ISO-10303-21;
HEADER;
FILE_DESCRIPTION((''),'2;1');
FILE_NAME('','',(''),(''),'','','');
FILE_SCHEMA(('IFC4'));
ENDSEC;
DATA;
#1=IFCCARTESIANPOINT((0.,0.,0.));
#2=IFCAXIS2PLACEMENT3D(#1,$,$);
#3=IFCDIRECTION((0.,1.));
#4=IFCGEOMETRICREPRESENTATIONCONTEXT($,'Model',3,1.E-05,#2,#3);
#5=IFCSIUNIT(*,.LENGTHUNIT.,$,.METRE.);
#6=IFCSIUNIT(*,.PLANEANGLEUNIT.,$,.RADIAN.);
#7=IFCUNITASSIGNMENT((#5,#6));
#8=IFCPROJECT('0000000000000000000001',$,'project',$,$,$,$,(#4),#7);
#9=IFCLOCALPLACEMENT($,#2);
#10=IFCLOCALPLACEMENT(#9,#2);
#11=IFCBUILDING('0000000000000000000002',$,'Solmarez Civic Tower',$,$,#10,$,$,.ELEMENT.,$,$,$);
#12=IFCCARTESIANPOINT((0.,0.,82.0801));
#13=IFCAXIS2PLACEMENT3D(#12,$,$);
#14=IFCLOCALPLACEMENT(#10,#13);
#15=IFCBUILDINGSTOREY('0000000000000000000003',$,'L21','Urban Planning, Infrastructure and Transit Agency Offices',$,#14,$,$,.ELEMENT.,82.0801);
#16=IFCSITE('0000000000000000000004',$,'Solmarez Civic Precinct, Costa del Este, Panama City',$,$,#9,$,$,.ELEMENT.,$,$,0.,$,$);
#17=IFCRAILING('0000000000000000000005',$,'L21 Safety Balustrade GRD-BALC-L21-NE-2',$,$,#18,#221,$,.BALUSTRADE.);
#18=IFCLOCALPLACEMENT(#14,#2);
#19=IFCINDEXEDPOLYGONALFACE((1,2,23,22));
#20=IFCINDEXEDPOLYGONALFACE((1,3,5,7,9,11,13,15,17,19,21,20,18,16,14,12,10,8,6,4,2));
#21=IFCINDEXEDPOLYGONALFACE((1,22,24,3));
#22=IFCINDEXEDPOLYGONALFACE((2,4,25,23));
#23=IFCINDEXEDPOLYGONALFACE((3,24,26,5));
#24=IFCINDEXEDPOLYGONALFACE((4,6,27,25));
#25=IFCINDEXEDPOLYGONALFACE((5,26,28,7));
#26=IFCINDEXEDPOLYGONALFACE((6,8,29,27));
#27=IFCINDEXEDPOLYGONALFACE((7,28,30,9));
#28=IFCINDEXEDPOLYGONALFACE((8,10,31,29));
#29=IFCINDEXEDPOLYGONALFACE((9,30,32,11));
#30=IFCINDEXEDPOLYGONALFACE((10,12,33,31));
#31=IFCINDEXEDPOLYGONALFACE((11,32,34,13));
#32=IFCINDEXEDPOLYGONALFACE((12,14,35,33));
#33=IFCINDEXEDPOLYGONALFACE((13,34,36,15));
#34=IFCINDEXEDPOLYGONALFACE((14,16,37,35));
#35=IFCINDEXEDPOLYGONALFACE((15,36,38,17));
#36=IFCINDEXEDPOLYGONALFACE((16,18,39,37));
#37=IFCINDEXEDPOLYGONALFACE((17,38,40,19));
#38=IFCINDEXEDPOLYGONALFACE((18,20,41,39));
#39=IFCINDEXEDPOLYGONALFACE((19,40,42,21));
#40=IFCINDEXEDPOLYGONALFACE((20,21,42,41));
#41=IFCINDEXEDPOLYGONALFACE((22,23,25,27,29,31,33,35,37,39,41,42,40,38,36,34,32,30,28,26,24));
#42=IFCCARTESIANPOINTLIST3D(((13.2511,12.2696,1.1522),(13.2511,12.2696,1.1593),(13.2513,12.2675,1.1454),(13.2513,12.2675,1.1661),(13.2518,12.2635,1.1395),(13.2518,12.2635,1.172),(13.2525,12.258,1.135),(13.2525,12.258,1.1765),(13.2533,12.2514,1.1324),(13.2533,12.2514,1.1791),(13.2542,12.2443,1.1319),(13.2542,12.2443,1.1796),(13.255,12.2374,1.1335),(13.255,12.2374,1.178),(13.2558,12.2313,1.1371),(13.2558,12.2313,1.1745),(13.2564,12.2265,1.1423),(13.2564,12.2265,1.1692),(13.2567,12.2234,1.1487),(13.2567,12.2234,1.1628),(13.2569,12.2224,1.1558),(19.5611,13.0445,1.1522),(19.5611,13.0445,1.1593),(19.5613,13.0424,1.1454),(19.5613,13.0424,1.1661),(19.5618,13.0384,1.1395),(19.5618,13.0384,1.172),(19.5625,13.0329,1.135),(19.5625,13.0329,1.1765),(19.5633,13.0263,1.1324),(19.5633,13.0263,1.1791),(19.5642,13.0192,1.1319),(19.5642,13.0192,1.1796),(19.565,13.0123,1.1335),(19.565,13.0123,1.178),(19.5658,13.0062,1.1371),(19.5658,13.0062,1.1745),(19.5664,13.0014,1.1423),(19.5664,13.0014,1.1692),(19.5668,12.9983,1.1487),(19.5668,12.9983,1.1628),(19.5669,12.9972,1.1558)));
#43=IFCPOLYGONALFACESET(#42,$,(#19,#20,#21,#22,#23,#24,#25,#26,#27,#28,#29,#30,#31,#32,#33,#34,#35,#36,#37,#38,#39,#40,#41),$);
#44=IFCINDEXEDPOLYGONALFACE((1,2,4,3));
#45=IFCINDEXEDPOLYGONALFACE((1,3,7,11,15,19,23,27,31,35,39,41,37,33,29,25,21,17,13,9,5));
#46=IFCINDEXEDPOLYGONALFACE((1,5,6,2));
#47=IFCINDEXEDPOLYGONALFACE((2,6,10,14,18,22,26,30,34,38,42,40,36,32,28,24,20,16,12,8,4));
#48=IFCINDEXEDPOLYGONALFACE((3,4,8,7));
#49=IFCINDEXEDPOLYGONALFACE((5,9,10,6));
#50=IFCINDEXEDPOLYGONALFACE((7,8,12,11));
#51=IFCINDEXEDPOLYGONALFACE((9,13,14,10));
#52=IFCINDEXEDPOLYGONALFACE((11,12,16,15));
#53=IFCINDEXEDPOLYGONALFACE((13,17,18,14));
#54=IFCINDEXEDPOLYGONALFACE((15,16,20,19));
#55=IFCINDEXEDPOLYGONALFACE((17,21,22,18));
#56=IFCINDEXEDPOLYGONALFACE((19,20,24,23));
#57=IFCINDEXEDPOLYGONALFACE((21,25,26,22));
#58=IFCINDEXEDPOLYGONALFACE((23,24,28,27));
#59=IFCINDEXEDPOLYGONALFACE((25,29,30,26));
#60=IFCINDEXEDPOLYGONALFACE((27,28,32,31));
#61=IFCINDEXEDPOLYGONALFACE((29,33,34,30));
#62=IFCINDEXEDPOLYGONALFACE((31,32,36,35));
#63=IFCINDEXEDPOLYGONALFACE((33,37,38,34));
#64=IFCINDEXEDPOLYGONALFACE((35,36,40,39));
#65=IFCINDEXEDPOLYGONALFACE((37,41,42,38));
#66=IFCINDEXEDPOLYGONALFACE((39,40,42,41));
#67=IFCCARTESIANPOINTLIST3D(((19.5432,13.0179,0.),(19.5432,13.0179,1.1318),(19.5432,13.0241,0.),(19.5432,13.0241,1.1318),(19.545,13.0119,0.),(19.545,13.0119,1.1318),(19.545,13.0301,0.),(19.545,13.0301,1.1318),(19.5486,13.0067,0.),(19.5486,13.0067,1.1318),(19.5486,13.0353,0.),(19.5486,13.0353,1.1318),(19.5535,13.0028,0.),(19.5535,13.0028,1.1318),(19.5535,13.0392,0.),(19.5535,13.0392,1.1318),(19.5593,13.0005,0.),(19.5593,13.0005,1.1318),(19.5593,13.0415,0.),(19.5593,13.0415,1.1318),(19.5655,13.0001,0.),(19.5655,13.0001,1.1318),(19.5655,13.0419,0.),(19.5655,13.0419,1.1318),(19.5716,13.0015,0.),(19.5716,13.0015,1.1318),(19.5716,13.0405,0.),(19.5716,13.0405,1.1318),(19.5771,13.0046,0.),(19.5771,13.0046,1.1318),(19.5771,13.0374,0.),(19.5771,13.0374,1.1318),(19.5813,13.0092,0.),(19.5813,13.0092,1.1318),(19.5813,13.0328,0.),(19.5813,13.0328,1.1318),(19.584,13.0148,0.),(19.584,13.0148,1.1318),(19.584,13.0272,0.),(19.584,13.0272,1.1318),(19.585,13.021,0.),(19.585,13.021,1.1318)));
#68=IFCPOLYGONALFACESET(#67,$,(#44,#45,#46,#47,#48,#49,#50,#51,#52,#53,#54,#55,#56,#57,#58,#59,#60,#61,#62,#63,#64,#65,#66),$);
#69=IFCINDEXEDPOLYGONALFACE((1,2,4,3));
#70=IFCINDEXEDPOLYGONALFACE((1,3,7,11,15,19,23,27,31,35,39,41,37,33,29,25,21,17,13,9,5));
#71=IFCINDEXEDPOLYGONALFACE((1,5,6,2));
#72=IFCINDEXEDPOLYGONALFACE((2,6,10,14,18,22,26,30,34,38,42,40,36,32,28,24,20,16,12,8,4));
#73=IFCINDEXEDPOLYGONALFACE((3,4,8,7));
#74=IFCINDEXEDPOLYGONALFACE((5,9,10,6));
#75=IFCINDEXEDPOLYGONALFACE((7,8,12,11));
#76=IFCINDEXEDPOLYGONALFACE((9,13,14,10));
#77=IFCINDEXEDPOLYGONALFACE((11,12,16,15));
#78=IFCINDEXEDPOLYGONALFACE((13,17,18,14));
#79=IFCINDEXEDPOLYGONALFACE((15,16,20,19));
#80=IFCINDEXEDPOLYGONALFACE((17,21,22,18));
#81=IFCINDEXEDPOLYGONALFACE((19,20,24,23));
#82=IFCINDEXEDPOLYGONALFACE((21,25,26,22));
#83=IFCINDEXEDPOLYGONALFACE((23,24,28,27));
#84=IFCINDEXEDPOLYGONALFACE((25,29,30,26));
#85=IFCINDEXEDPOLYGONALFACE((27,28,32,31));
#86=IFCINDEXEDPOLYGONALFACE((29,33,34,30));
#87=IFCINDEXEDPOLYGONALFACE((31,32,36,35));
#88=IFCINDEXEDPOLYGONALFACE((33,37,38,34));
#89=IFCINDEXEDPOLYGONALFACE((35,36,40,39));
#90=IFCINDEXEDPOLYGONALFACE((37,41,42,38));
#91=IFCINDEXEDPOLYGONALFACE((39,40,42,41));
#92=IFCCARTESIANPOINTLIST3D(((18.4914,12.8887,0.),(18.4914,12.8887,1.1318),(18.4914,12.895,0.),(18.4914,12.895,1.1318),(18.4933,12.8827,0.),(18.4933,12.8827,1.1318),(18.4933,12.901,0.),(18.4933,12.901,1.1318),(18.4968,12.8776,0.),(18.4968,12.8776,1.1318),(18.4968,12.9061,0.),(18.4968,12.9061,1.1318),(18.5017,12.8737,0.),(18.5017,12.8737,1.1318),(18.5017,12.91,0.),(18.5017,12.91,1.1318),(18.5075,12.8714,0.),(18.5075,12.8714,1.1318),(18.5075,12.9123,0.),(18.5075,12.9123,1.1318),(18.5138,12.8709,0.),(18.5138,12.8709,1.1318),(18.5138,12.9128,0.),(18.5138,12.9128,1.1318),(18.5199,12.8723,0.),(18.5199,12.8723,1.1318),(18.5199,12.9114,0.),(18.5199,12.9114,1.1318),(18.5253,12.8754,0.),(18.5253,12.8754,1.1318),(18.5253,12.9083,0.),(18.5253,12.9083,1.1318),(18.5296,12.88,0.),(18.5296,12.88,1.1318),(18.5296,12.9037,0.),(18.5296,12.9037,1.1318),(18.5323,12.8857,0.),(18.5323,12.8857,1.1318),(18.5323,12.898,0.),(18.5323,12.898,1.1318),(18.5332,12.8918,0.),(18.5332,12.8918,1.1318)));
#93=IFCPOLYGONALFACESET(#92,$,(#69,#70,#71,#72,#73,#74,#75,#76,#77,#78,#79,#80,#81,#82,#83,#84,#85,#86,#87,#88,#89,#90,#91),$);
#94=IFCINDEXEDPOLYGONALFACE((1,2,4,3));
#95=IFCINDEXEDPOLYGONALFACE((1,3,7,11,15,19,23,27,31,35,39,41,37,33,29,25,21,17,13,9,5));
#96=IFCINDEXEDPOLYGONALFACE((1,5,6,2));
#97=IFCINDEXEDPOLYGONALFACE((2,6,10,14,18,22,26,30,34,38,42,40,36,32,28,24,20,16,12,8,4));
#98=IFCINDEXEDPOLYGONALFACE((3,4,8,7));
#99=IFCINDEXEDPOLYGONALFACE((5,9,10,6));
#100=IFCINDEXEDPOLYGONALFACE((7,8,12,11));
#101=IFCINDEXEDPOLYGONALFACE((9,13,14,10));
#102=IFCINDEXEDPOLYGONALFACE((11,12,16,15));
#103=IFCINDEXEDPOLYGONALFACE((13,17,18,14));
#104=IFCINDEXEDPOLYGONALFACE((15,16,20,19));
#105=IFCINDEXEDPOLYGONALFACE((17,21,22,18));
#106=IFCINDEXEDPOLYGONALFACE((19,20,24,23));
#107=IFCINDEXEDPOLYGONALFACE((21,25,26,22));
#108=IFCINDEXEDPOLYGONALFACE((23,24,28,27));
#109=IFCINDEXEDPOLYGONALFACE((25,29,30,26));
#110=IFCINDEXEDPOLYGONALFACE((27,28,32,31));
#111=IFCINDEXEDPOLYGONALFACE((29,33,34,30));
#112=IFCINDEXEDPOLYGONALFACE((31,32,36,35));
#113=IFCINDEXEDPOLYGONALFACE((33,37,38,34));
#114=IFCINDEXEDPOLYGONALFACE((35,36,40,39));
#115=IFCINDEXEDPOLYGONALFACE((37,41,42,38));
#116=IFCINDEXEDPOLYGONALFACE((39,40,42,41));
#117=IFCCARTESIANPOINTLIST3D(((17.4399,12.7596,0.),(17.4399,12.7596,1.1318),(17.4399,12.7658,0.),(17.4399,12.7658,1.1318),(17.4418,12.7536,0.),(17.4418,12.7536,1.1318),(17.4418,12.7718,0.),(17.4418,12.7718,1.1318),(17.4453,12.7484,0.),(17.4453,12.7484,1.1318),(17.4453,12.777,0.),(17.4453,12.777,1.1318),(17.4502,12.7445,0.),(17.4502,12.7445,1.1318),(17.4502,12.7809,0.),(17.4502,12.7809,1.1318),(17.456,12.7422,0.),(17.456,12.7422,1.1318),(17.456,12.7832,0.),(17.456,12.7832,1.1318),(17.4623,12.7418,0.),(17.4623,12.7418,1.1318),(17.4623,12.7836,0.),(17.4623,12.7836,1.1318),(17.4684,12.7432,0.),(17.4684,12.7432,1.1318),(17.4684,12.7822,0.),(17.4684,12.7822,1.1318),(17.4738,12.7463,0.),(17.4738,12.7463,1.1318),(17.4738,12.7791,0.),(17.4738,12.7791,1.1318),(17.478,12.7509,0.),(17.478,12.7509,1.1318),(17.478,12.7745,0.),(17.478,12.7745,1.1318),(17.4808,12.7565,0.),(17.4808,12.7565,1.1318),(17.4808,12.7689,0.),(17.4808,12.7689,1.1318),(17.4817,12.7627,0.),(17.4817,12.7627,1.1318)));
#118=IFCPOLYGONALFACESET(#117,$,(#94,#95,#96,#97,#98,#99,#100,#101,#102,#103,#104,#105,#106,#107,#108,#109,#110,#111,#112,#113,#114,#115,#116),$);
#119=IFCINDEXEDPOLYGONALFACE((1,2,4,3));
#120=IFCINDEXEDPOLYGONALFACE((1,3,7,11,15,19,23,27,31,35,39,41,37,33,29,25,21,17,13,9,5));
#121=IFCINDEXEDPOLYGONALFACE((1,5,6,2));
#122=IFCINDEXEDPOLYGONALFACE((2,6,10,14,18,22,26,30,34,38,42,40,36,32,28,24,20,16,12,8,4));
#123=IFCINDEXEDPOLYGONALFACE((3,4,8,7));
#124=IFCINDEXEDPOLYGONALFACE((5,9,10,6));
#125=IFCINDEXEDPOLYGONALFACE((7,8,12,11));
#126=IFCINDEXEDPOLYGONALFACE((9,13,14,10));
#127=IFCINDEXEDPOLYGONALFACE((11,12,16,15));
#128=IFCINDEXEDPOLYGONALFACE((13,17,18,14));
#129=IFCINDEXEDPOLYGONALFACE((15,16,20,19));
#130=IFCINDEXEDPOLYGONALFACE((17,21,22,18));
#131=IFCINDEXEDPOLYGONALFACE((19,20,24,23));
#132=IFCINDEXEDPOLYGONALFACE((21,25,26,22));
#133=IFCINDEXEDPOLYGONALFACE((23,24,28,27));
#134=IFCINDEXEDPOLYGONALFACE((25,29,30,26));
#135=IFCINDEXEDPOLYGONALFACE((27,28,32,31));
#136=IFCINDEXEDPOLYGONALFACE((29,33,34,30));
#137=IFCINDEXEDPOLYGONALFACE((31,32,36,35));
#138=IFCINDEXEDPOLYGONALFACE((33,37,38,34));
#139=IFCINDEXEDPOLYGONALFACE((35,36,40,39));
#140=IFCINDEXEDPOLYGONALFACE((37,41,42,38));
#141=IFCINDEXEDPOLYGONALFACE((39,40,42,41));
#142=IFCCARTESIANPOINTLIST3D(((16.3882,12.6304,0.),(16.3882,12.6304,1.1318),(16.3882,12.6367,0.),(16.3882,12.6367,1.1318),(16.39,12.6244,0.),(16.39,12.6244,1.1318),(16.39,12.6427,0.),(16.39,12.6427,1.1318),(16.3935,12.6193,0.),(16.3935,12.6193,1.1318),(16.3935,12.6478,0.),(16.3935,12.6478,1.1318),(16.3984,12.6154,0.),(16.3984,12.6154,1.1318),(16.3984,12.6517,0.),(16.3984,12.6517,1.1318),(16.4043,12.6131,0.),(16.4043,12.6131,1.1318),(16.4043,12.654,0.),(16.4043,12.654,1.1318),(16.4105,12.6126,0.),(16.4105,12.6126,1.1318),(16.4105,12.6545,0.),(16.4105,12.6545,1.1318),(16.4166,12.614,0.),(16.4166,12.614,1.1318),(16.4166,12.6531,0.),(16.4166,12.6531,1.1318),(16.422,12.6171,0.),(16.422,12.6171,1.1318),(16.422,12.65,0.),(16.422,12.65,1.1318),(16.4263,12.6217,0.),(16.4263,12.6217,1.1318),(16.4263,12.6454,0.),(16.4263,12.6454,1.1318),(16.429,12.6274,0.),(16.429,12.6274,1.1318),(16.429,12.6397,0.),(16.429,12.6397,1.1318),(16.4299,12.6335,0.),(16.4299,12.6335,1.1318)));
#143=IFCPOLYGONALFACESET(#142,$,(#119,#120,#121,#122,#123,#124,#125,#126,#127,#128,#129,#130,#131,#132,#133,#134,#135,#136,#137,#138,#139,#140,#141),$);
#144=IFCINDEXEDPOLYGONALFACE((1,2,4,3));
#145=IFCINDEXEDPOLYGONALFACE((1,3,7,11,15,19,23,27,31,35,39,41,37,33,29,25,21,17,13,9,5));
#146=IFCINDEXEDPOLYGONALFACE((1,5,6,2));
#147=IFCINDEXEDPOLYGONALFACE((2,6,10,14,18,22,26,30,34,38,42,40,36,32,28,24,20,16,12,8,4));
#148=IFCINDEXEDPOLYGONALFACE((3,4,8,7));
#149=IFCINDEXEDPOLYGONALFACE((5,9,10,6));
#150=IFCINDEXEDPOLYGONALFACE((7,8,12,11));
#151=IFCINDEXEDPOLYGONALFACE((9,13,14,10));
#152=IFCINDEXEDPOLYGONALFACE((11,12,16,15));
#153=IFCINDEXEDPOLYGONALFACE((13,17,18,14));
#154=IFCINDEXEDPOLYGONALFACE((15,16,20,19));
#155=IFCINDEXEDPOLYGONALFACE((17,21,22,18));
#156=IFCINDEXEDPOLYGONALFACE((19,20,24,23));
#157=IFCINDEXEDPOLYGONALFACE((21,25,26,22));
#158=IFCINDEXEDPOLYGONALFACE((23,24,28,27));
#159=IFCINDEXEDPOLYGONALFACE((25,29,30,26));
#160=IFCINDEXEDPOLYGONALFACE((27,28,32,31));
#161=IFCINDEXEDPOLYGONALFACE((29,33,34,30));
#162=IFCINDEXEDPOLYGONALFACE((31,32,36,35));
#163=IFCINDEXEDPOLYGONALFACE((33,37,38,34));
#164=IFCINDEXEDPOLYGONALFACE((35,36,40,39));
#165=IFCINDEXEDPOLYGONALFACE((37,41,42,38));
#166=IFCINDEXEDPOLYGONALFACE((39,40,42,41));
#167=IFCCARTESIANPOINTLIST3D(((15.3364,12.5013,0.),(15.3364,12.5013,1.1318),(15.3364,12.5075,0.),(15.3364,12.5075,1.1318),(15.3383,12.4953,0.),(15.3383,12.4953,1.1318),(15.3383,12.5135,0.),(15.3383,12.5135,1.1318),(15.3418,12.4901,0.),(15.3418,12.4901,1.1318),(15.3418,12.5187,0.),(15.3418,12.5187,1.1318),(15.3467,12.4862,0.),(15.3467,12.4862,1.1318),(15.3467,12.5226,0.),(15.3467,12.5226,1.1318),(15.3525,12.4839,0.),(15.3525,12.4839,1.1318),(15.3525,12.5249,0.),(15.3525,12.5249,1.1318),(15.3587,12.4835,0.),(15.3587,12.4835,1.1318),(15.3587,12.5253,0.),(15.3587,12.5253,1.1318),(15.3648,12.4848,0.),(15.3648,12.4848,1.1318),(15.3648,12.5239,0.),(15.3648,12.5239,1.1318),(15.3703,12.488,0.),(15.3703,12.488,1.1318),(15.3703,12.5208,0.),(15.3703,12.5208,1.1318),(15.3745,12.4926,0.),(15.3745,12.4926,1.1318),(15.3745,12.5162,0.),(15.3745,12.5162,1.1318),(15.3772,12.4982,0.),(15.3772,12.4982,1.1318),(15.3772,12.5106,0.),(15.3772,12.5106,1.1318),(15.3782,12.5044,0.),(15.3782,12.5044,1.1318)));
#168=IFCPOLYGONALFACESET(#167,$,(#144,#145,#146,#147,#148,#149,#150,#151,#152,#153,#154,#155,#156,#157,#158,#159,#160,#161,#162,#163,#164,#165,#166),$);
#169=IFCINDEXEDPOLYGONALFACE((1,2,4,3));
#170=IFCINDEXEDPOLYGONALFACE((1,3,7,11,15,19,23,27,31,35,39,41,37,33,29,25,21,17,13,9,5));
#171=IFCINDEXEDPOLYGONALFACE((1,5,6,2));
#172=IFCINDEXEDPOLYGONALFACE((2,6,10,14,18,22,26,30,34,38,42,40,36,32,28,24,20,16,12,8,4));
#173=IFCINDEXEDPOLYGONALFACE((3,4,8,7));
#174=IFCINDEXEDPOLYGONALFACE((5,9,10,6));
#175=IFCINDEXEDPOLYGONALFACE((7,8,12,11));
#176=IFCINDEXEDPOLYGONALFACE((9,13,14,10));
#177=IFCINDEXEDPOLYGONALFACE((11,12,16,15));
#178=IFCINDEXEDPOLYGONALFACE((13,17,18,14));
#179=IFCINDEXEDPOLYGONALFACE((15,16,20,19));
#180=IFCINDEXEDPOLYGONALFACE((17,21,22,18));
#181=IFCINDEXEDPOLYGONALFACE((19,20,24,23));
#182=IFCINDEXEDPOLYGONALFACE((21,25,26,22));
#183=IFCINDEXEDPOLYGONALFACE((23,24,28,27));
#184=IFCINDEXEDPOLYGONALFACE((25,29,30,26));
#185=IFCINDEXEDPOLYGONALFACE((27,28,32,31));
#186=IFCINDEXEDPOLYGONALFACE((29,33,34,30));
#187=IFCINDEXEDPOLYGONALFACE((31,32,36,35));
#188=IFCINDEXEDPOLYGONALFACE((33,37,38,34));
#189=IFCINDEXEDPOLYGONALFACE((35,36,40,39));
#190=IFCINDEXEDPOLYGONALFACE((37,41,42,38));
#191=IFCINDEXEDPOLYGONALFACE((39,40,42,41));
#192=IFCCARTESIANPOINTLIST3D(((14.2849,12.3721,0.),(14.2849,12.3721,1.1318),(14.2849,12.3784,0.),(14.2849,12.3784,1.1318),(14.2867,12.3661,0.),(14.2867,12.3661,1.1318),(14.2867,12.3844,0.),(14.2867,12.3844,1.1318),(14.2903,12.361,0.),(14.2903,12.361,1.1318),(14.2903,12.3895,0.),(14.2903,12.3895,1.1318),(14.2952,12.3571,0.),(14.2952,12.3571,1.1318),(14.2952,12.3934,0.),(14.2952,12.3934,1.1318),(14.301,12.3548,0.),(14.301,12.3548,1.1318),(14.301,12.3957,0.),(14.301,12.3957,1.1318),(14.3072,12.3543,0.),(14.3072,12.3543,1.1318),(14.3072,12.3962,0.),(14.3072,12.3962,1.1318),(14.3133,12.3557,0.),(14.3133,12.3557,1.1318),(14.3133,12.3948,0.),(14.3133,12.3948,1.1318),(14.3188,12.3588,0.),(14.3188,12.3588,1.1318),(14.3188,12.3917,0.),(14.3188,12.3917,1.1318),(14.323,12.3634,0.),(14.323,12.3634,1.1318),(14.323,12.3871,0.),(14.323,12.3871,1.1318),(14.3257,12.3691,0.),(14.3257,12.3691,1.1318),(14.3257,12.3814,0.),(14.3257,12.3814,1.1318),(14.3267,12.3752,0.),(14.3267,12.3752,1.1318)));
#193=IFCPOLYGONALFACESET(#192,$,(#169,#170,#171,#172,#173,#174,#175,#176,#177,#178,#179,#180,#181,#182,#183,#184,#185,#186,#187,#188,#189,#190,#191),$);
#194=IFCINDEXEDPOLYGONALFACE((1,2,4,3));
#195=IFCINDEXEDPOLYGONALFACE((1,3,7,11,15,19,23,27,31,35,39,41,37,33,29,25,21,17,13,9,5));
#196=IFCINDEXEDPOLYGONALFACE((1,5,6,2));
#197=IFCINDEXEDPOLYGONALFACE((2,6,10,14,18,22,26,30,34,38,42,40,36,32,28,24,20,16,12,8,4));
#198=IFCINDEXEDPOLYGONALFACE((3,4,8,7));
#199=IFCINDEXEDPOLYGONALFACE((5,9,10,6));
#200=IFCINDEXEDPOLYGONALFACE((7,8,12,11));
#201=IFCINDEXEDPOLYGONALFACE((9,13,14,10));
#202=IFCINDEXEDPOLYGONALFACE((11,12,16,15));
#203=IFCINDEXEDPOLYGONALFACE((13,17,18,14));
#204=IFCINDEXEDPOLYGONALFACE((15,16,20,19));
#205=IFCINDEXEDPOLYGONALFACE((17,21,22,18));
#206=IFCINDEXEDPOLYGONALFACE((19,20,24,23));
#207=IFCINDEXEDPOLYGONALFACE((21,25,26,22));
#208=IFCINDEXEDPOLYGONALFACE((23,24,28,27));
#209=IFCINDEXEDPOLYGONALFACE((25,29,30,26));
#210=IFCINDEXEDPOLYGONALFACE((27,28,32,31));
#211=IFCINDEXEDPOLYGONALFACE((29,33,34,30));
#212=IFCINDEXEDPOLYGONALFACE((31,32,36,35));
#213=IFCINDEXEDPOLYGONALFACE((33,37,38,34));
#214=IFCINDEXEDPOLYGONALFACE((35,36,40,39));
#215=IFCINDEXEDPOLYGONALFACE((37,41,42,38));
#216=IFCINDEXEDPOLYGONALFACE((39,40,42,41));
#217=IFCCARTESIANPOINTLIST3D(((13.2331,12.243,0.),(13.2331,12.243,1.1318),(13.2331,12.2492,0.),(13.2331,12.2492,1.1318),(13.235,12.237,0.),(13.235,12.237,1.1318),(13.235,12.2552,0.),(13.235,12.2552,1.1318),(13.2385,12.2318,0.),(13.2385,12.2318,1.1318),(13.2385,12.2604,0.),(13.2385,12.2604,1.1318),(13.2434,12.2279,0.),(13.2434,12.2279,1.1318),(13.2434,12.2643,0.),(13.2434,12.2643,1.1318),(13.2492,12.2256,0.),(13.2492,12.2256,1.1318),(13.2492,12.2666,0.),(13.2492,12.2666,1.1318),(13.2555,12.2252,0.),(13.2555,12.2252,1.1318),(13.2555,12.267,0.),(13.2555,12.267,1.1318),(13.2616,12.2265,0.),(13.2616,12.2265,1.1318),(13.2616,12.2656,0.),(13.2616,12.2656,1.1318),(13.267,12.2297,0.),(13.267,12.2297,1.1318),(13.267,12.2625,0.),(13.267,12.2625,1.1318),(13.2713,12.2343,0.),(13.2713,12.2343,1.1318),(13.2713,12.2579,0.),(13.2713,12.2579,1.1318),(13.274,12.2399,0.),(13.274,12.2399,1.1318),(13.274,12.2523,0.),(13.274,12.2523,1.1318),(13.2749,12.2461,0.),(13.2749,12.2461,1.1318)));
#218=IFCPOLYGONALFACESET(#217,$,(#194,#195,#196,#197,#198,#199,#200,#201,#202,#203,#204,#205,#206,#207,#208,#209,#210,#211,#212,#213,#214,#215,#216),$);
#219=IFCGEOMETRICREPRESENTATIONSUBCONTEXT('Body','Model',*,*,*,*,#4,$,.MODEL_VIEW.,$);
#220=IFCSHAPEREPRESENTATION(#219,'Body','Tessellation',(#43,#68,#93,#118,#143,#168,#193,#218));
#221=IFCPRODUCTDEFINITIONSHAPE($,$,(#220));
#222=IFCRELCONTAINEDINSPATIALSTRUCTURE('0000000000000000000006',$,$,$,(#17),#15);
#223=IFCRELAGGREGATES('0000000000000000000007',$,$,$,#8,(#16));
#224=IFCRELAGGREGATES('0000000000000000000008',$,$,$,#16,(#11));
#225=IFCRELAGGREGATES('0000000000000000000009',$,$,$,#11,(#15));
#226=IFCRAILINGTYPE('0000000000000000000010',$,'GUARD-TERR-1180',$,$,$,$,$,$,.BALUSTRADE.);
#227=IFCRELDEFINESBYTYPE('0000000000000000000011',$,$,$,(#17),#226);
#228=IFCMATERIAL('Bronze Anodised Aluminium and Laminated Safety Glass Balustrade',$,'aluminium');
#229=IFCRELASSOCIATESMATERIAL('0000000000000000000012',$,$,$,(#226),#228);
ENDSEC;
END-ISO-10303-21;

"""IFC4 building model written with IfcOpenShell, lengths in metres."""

from ifc_helpers import new_model, si_unit, direction, frame, origin, origin_2d, place, context, subcontext, project, spatial, circle, extrude, material, type_object, element, save


model = new_model("IFC4")

# Units and contexts
model_context = context("Model", 3, precision=1e-05, world=origin(), true_north=direction((0.0, 1.0)))
body_context = subcontext(model_context, "Body", "Model", "MODEL_VIEW")
ifc_project = project(units=[si_unit("LENGTHUNIT", "METRE"), si_unit("PLANEANGLEUNIT", "RADIAN")], contexts=[model_context])

# Site, building, storey
site_placement = place(None, origin())
site = spatial("IfcSite", under=ifc_project, at=site_placement, Name="Solmarez Civic Precinct, Costa del Este, Panama City", CompositionType="ELEMENT", RefElevation=0.0)
building_placement = place(site_placement, origin())
building = spatial("IfcBuilding", under=site, at=building_placement, Name="Solmarez Civic Tower", CompositionType="ELEMENT")
storey_placement = place(building_placement, frame((0.0, 0.0, 82.0801)))
storey = spatial("IfcBuildingStorey", under=building, at=storey_placement, Name="L21", Description="Urban Planning, Infrastructure and Transit Agency Offices", CompositionType="ELEMENT", Elevation=82.0801)

# Railing
ifc_material_1 = material(Name="Bronze Anodised Aluminium and Laminated Safety Glass Balustrade", Category="aluminium")
railing_type = type_object("IfcRailingType", Name="GUARD-TERR-1180", PredefinedType="BALUSTRADE", material=ifc_material_1)
railing_1_placement = place(storey_placement, frame((19.564, 13.021, 0.0)))
element("IfcRailing", 1, at=railing_1_placement, inside=storey, type_object=railing_type, Name="L21 Safety Balustrade GRD-BALC-L21-NE-2", PredefinedType="BALUSTRADE", context=body_context, shape_type="SweptSolid", body=[
    extrude(circle(Radius=0.0239, at=origin_2d()), frame((0.0, 0.0, 1.1558), z_axis=(-0.992544, -0.121889, 0.0), x_axis=(0.121889, -0.992544, 0.0)), (0.0, 0.0, 1.0), 6.3574),
    extrude(circle(Radius=0.021, at=origin_2d()), origin(), (0.0, 0.0, 1.0), 1.1318),
    extrude(circle(Radius=0.021, at=origin_2d()), frame((-1.0518, -0.1292, 0.0)), (0.0, 0.0, 1.0), 1.1318),
    extrude(circle(Radius=0.021, at=origin_2d()), frame((-2.1033, -0.2583, 0.0)), (0.0, 0.0, 1.0), 1.1318),
    extrude(circle(Radius=0.021, at=origin_2d()), frame((-3.155, -0.3875, 0.0)), (0.0, 0.0, 1.0), 1.1318),
    extrude(circle(Radius=0.021, at=origin_2d()), frame((-4.2068, -0.5166, 0.0)), (0.0, 0.0, 1.0), 1.1318),
    extrude(circle(Radius=0.021, at=origin_2d()), frame((-5.2583, -0.6458, 0.0)), (0.0, 0.0, 1.0), 1.1318),
    extrude(circle(Radius=0.021, at=origin_2d()), frame((-6.3101, -0.7749, 0.0)), (0.0, 0.0, 1.0), 1.1318),
])

save(model, "model.ifc")
